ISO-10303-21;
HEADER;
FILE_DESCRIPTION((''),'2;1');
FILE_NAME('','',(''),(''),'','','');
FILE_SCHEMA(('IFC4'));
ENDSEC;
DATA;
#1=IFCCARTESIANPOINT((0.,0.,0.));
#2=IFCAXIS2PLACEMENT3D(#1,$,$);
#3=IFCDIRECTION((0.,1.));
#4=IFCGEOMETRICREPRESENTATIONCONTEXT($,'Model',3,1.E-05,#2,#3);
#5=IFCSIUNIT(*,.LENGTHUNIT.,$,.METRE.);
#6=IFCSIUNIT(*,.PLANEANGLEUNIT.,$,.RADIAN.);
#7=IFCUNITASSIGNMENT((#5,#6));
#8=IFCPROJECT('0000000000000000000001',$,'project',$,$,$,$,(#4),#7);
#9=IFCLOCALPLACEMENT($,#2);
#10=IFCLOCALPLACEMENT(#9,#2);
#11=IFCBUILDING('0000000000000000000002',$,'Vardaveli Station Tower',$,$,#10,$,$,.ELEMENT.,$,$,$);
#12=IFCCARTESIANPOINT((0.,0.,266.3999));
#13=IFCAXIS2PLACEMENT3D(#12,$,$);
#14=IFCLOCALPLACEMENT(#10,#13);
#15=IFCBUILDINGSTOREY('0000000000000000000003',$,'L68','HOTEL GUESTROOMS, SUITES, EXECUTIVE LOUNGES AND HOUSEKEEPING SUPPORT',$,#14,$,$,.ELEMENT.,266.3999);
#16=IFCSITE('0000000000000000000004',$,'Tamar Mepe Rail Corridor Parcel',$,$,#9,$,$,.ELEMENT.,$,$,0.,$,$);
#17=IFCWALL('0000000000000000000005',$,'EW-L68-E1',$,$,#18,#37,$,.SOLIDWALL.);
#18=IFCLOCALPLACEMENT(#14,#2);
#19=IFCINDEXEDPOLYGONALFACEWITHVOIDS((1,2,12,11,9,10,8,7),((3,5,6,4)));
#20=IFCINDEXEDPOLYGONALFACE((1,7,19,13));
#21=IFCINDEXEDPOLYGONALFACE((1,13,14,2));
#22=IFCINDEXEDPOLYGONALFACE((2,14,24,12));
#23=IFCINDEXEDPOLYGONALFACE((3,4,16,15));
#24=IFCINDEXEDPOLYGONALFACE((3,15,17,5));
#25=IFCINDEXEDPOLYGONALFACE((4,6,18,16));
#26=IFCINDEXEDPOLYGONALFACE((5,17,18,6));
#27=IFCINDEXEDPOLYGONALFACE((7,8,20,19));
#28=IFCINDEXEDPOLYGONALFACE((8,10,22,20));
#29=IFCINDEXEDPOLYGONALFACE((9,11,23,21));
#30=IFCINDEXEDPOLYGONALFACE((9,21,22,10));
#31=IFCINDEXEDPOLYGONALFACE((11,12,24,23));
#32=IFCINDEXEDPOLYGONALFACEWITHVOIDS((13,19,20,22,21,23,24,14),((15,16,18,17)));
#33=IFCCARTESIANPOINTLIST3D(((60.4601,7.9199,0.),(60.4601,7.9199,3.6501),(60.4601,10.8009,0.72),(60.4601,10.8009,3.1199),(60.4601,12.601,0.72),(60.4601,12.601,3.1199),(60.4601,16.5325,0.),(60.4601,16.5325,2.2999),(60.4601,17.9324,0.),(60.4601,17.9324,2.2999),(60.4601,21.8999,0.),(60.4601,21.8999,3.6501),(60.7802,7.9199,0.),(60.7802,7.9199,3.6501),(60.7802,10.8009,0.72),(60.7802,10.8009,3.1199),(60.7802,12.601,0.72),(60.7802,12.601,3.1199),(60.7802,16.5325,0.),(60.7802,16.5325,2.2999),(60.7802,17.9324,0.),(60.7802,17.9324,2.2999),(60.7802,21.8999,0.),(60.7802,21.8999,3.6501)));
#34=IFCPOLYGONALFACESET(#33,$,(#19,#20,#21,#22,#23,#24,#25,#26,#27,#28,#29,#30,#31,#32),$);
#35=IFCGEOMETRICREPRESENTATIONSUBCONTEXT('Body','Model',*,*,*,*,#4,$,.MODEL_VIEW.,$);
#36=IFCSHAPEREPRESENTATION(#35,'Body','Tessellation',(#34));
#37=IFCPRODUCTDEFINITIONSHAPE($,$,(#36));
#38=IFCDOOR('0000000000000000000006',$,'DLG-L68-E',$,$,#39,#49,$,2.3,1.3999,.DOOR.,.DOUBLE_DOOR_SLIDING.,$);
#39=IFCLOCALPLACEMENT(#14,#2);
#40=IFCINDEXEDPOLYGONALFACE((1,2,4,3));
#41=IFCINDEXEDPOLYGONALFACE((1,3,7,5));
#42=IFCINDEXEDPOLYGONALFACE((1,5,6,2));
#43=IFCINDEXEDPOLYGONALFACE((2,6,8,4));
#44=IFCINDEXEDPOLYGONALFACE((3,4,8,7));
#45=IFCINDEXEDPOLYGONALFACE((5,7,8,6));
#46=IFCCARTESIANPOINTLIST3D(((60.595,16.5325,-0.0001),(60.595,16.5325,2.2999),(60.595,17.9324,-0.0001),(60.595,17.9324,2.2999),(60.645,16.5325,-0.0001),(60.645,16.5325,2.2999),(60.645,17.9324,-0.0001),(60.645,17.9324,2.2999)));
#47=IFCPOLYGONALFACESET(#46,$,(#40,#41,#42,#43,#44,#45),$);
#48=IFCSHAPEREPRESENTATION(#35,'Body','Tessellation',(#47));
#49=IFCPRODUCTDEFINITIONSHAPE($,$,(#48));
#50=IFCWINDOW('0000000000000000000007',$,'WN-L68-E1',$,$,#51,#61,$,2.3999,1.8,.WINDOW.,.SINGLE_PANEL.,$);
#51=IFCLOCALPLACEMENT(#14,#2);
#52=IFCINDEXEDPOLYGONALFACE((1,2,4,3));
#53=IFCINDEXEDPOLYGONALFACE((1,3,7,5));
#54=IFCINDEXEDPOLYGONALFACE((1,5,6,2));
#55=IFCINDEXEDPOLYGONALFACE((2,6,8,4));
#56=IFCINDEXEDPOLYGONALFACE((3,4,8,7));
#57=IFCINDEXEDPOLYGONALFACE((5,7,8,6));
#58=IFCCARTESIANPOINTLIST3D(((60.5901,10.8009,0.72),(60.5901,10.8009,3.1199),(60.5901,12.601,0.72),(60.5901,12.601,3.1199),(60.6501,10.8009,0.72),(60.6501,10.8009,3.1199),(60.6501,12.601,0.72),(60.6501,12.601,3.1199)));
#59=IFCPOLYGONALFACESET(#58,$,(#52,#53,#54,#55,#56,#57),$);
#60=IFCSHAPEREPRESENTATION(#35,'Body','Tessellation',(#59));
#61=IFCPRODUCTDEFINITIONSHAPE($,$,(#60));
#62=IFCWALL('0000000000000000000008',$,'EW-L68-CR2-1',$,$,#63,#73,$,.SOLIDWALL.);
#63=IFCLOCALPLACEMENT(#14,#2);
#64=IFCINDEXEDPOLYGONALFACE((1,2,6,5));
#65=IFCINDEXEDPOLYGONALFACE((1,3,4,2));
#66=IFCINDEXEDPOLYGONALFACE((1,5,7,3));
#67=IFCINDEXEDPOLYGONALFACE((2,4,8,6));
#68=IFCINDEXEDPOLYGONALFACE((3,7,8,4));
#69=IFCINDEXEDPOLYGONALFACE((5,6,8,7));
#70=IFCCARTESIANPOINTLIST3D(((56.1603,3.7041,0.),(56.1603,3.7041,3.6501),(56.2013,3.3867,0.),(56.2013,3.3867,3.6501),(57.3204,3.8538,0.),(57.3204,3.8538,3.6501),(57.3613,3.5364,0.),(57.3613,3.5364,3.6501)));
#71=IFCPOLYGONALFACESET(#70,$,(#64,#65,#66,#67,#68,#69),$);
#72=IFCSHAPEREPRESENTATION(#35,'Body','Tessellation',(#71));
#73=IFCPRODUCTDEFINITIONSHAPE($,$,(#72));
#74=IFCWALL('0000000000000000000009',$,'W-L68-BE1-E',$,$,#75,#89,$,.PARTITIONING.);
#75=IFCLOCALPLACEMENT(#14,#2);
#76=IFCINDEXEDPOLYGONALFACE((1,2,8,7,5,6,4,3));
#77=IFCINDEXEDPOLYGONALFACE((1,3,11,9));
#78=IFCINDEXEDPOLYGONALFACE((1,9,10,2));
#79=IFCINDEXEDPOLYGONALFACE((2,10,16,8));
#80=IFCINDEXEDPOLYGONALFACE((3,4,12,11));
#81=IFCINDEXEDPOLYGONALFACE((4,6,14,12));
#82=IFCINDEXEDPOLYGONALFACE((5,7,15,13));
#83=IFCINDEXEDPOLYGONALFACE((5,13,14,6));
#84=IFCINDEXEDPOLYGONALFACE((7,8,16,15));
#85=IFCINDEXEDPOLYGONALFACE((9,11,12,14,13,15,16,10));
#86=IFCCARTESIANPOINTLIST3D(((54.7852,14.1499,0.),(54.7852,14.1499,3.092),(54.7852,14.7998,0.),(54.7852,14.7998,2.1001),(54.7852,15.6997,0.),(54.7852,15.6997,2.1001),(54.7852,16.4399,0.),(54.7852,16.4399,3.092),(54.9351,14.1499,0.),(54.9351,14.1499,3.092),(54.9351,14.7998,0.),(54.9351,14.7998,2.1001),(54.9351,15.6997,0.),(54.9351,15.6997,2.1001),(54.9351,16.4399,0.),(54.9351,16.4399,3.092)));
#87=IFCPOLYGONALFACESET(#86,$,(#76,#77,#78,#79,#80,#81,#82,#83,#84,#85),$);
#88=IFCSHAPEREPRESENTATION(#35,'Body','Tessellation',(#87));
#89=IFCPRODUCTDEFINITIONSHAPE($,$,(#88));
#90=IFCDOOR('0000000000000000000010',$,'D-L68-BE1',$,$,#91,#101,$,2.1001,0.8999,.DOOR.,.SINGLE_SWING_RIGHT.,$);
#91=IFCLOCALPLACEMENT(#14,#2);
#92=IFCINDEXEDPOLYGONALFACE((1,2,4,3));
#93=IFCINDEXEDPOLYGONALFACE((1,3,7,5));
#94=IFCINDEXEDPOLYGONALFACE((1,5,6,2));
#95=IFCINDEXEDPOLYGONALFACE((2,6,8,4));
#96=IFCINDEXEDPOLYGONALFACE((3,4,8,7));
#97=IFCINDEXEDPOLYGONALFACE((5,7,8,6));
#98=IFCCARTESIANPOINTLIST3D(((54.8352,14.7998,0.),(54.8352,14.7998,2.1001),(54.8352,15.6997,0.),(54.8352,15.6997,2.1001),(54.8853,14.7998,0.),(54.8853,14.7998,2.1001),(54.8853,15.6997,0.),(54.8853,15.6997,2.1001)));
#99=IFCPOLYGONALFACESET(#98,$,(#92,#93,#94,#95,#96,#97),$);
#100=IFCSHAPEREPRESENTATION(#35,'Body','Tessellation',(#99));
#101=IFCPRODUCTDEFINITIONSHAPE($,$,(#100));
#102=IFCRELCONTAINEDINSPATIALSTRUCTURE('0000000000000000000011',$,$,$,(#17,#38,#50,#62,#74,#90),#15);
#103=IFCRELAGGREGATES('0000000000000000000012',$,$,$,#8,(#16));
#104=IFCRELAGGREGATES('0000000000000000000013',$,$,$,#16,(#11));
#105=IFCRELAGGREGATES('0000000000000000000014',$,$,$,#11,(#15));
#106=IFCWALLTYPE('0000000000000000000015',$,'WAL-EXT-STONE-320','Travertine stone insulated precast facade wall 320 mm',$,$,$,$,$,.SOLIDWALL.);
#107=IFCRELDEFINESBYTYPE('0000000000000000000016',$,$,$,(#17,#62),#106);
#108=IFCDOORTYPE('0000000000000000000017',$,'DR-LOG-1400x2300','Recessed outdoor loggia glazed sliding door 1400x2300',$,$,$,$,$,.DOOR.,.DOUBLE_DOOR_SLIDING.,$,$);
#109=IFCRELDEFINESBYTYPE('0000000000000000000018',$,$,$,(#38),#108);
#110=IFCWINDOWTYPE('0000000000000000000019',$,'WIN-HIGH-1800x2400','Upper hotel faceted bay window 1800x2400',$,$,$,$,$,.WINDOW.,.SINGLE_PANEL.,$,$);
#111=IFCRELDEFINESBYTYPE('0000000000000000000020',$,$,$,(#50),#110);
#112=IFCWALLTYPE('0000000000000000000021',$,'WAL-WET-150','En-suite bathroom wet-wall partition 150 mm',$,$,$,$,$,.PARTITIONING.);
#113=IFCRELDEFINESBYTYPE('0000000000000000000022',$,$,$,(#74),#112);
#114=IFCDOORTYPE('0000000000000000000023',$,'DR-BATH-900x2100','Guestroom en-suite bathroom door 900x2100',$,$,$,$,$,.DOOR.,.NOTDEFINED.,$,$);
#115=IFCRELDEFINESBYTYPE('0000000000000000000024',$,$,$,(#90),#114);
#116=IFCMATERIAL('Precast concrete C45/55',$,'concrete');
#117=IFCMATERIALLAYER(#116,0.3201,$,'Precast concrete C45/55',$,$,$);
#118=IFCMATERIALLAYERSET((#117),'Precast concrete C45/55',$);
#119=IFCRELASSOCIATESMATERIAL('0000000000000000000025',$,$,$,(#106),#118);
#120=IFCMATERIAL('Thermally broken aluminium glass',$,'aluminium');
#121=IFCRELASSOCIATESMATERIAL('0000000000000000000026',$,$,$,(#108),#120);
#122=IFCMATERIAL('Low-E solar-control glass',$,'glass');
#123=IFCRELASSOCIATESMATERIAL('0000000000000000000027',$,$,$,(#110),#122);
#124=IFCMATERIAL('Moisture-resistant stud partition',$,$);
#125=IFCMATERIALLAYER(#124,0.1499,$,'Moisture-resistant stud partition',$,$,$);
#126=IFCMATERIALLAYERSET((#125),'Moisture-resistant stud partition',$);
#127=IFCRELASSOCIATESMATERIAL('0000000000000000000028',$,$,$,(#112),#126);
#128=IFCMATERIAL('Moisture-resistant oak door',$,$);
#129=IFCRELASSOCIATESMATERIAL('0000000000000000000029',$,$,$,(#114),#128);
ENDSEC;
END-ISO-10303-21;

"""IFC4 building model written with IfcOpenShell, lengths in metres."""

from ifc_helpers import new_model, si_unit, direction, frame, frame_2d, origin, place, context, subcontext, project, spatial, rectangle, extrude, source, transform, mapped, material, layer, layer_set, type_object, element, fill, save


model = new_model("IFC4")

# Units and contexts
model_context = context("Model", 3, precision=1e-05, world=origin(), true_north=direction((0.0, 1.0)))
body_context = subcontext(model_context, "Body", "Model", "MODEL_VIEW")
ifc_project = project(units=[si_unit("LENGTHUNIT", "METRE"), si_unit("PLANEANGLEUNIT", "RADIAN")], contexts=[model_context])

# Site, building, storey
site_placement = place(None, origin())
site = spatial("IfcSite", under=ifc_project, at=site_placement, Name="Tamar Mepe Rail Corridor Parcel", CompositionType="ELEMENT", RefElevation=0.0)
building_placement = place(site_placement, origin())
building = spatial("IfcBuilding", under=site, at=building_placement, Name="Vardaveli Station Tower", CompositionType="ELEMENT")
storey_placement = place(building_placement, frame((0.0, 0.0, 266.3999)))
storey = spatial("IfcBuildingStorey", under=building, at=storey_placement, Name="L68", Description="HOTEL GUESTROOMS, SUITES, EXECUTIVE LOUNGES AND HOUSEKEEPING SUPPORT", CompositionType="ELEMENT", Elevation=266.3999)

# Shared definitions
ifc_material_1 = material(Name="Precast concrete C45/55", Category="concrete")

# Shared definitions
ifc_layer_1 = layer(ifc_material_1, 0.3201, Name="Precast concrete C45/55")
ifc_layer_set_1 = layer_set([ifc_layer_1], Name="Precast concrete C45/55")
wall_type_1 = type_object("IfcWallType", Name="WAL-EXT-STONE-320", Description="Travertine stone insulated precast facade wall 320 mm", PredefinedType="SOLIDWALL", material=ifc_layer_set_1)

# Wall, openings, door, window
shared_shape_1 = source(origin(), body_context, "Body", "SweptSolid", [
    extrude(rectangle(XDim=13.98, YDim=0.3201, at=frame_2d((6.99, 0.0))), origin(), (0.0, 0.0, 1.0), 3.6501),
])
wall_1_placement = place(storey_placement, frame((60.6201, 7.9199, 0.0), z_axis=(0.0, 0.0, 1.0), x_axis=(0.0, 1.0, 0.0)))
wall_1 = element("IfcWall", 1, at=wall_1_placement, inside=storey, type_object=wall_type_1, Name="EW-L68-E1", PredefinedType="SOLIDWALL", context=body_context, shape_type="MappedRepresentation", body=[
    mapped(shared_shape_1, transform((0.0, 0.0, 0.0), scale=1.0)),
])
shared_shape_2 = source(origin(), body_context, "Body", "SweptSolid", [
    extrude(rectangle(XDim=1.3999, YDim=2.3, at=frame_2d((0.7, 1.1499))), frame((0.0, 0.1699, 0.0), z_axis=(0.0, -1.0, 0.0), x_axis=(1.0, 0.0, 0.0)), (0.0, 0.0, 1.0), 0.3401),
])
opening_1_placement = place(wall_1_placement, frame((8.6125, 0.0, 0.0)))
opening_1 = element("IfcOpeningElement", 2, at=opening_1_placement, cuts=wall_1, PredefinedType="OPENING", context=body_context, shape_type="MappedRepresentation", body=[
    mapped(shared_shape_2, transform((0.0, 0.0, 0.0), scale=1.0)),
])
shared_shape_3 = source(origin(), body_context, "Body", "SweptSolid", [
    extrude(rectangle(XDim=1.8, YDim=2.3999, at=frame_2d((0.8999, 1.2))), frame((0.0, 0.1699, 0.0), z_axis=(0.0, -1.0, 0.0), x_axis=(1.0, 0.0, 0.0)), (0.0, 0.0, 1.0), 0.3401),
])
opening_2_placement = place(wall_1_placement, frame((2.8811, 0.0, 0.72)))
opening_2 = element("IfcOpeningElement", 3, at=opening_2_placement, cuts=wall_1, PredefinedType="OPENING", context=body_context, shape_type="MappedRepresentation", body=[
    mapped(shared_shape_3, transform((0.0, 0.0, 0.0), scale=1.0)),
])
ifc_material_2 = material(Name="Thermally broken aluminium glass", Category="aluminium")
door_type_1 = type_object("IfcDoorType", Name="DR-LOG-1400x2300", Description="Recessed outdoor loggia glazed sliding door 1400x2300", OperationType="DOUBLE_DOOR_SLIDING", PredefinedType="DOOR", material=ifc_material_2)
shared_shape_4 = source(origin(), body_context, "Body", "SweptSolid", [
    extrude(rectangle(XDim=1.3999, YDim=2.3, at=frame_2d((0.7, 1.1499))), frame((0.0, 0.0249, 0.0), z_axis=(0.0, -1.0, 0.0), x_axis=(1.0, 0.0, 0.0)), (0.0, 0.0, 1.0), 0.05),
])
door_1_placement = place(opening_1_placement, frame((1.3999, 0.0, 0.0), z_axis=(0.0, 0.0, 1.0), x_axis=(-1.0, 0.0, 0.0)))
door_1 = element("IfcDoor", 4, at=door_1_placement, inside=storey, type_object=door_type_1, Name="DLG-L68-E", OperationType="DOUBLE_DOOR_SLIDING", OverallHeight=2.3, OverallWidth=1.3999, PredefinedType="DOOR", context=body_context, shape_type="MappedRepresentation", body=[
    mapped(shared_shape_4, transform((0.0, 0.0, 0.0), scale=1.0)),
])
fill(opening_1, door_1)
ifc_material_3 = material(Name="Low-E solar-control glass", Category="glass")
window_type = type_object("IfcWindowType", Name="WIN-HIGH-1800x2400", Description="Upper hotel faceted bay window 1800x2400", PartitioningType="SINGLE_PANEL", PredefinedType="WINDOW", material=ifc_material_3)
shared_shape_5 = source(origin(), body_context, "Body", "SweptSolid", [
    extrude(rectangle(XDim=1.8, YDim=2.3999, at=frame_2d((0.8999, 1.2))), frame((0.0, 0.03, 0.0), z_axis=(0.0, -1.0, 0.0), x_axis=(1.0, 0.0, 0.0)), (0.0, 0.0, 1.0), 0.0601),
])
window_placement = place(opening_2_placement, origin())
window = element("IfcWindow", 5, at=window_placement, inside=storey, type_object=window_type, Name="WN-L68-E1", OverallHeight=2.3999, OverallWidth=1.8, PartitioningType="SINGLE_PANEL", PredefinedType="WINDOW", context=body_context, shape_type="MappedRepresentation", body=[
    mapped(shared_shape_5, transform((0.0, 0.0, 0.0), scale=1.0)),
])
fill(opening_2, window)

# Wall
shared_shape_6 = source(origin(), body_context, "Body", "SweptSolid", [
    extrude(rectangle(XDim=1.1697, YDim=0.3201, at=frame_2d((0.585, 0.0))), origin(), (0.0, 0.0, 1.0), 3.6501),
])
wall_2_placement = place(storey_placement, frame((56.1807, 3.5454, 0.0), z_axis=(0.0, 0.0, 1.0), x_axis=(0.991782, 0.127938, 0.0)))
element("IfcWall", 6, at=wall_2_placement, inside=storey, type_object=wall_type_1, Name="EW-L68-CR2-1", PredefinedType="SOLIDWALL", context=body_context, shape_type="MappedRepresentation", body=[
    mapped(shared_shape_6, transform((0.0, 0.0, 0.0), scale=1.0)),
])

# Wall, opening, door
ifc_material_4 = material(Name="Moisture-resistant stud partition")
ifc_layer_2 = layer(ifc_material_4, 0.1499, Name="Moisture-resistant stud partition")
ifc_layer_set_2 = layer_set([ifc_layer_2], Name="Moisture-resistant stud partition")
wall_type_2 = type_object("IfcWallType", Name="WAL-WET-150", Description="En-suite bathroom wet-wall partition 150 mm", PredefinedType="PARTITIONING", material=ifc_layer_set_2)
shared_shape_7 = source(origin(), body_context, "Body", "SweptSolid", [
    extrude(rectangle(XDim=2.29, YDim=0.1499, at=frame_2d((1.145, 0.0))), origin(), (0.0, 0.0, 1.0), 3.092),
])
wall_3_placement = place(storey_placement, frame((54.8601, 14.1499, 0.0), z_axis=(0.0, 0.0, 1.0), x_axis=(0.0, 1.0, 0.0)))
wall_3 = element("IfcWall", 7, at=wall_3_placement, inside=storey, type_object=wall_type_2, Name="W-L68-BE1-E", PredefinedType="PARTITIONING", context=body_context, shape_type="MappedRepresentation", body=[
    mapped(shared_shape_7, transform((0.0, 0.0, 0.0), scale=1.0)),
])
shared_shape_8 = source(origin(), body_context, "Body", "SweptSolid", [
    extrude(rectangle(XDim=0.8999, YDim=2.1001, at=frame_2d((0.45, 1.05))), frame((0.0, 0.085, 0.0), z_axis=(0.0, -1.0, 0.0), x_axis=(1.0, 0.0, 0.0)), (0.0, 0.0, 1.0), 0.1699),
])
opening_3_placement = place(wall_3_placement, frame((0.6499, 0.0, 0.0)))
opening_3 = element("IfcOpeningElement", 8, at=opening_3_placement, cuts=wall_3, PredefinedType="OPENING", context=body_context, shape_type="MappedRepresentation", body=[
    mapped(shared_shape_8, transform((0.0, 0.0, 0.0), scale=1.0)),
])
ifc_material_5 = material(Name="Moisture-resistant oak door")
door_type_2 = type_object("IfcDoorType", Name="DR-BATH-900x2100", Description="Guestroom en-suite bathroom door 900x2100", OperationType="NOTDEFINED", PredefinedType="DOOR", material=ifc_material_5)
shared_shape_9 = source(origin(), body_context, "Body", "SweptSolid", [
    extrude(rectangle(XDim=0.8999, YDim=2.1001, at=frame_2d((0.45, 1.05))), frame((0.0, 0.0249, 0.0), z_axis=(0.0, -1.0, 0.0), x_axis=(1.0, 0.0, 0.0)), (0.0, 0.0, 1.0), 0.05),
])
door_2_placement = place(opening_3_placement, origin())
door_2 = element("IfcDoor", 9, at=door_2_placement, inside=storey, type_object=door_type_2, Name="D-L68-BE1", OperationType="SINGLE_SWING_RIGHT", OverallHeight=2.1001, OverallWidth=0.8999, PredefinedType="DOOR", context=body_context, shape_type="MappedRepresentation", body=[
    mapped(shared_shape_9, transform((0.0, 0.0, 0.0), scale=1.0)),
])
fill(opening_3, door_2)

save(model, "model.ifc")
